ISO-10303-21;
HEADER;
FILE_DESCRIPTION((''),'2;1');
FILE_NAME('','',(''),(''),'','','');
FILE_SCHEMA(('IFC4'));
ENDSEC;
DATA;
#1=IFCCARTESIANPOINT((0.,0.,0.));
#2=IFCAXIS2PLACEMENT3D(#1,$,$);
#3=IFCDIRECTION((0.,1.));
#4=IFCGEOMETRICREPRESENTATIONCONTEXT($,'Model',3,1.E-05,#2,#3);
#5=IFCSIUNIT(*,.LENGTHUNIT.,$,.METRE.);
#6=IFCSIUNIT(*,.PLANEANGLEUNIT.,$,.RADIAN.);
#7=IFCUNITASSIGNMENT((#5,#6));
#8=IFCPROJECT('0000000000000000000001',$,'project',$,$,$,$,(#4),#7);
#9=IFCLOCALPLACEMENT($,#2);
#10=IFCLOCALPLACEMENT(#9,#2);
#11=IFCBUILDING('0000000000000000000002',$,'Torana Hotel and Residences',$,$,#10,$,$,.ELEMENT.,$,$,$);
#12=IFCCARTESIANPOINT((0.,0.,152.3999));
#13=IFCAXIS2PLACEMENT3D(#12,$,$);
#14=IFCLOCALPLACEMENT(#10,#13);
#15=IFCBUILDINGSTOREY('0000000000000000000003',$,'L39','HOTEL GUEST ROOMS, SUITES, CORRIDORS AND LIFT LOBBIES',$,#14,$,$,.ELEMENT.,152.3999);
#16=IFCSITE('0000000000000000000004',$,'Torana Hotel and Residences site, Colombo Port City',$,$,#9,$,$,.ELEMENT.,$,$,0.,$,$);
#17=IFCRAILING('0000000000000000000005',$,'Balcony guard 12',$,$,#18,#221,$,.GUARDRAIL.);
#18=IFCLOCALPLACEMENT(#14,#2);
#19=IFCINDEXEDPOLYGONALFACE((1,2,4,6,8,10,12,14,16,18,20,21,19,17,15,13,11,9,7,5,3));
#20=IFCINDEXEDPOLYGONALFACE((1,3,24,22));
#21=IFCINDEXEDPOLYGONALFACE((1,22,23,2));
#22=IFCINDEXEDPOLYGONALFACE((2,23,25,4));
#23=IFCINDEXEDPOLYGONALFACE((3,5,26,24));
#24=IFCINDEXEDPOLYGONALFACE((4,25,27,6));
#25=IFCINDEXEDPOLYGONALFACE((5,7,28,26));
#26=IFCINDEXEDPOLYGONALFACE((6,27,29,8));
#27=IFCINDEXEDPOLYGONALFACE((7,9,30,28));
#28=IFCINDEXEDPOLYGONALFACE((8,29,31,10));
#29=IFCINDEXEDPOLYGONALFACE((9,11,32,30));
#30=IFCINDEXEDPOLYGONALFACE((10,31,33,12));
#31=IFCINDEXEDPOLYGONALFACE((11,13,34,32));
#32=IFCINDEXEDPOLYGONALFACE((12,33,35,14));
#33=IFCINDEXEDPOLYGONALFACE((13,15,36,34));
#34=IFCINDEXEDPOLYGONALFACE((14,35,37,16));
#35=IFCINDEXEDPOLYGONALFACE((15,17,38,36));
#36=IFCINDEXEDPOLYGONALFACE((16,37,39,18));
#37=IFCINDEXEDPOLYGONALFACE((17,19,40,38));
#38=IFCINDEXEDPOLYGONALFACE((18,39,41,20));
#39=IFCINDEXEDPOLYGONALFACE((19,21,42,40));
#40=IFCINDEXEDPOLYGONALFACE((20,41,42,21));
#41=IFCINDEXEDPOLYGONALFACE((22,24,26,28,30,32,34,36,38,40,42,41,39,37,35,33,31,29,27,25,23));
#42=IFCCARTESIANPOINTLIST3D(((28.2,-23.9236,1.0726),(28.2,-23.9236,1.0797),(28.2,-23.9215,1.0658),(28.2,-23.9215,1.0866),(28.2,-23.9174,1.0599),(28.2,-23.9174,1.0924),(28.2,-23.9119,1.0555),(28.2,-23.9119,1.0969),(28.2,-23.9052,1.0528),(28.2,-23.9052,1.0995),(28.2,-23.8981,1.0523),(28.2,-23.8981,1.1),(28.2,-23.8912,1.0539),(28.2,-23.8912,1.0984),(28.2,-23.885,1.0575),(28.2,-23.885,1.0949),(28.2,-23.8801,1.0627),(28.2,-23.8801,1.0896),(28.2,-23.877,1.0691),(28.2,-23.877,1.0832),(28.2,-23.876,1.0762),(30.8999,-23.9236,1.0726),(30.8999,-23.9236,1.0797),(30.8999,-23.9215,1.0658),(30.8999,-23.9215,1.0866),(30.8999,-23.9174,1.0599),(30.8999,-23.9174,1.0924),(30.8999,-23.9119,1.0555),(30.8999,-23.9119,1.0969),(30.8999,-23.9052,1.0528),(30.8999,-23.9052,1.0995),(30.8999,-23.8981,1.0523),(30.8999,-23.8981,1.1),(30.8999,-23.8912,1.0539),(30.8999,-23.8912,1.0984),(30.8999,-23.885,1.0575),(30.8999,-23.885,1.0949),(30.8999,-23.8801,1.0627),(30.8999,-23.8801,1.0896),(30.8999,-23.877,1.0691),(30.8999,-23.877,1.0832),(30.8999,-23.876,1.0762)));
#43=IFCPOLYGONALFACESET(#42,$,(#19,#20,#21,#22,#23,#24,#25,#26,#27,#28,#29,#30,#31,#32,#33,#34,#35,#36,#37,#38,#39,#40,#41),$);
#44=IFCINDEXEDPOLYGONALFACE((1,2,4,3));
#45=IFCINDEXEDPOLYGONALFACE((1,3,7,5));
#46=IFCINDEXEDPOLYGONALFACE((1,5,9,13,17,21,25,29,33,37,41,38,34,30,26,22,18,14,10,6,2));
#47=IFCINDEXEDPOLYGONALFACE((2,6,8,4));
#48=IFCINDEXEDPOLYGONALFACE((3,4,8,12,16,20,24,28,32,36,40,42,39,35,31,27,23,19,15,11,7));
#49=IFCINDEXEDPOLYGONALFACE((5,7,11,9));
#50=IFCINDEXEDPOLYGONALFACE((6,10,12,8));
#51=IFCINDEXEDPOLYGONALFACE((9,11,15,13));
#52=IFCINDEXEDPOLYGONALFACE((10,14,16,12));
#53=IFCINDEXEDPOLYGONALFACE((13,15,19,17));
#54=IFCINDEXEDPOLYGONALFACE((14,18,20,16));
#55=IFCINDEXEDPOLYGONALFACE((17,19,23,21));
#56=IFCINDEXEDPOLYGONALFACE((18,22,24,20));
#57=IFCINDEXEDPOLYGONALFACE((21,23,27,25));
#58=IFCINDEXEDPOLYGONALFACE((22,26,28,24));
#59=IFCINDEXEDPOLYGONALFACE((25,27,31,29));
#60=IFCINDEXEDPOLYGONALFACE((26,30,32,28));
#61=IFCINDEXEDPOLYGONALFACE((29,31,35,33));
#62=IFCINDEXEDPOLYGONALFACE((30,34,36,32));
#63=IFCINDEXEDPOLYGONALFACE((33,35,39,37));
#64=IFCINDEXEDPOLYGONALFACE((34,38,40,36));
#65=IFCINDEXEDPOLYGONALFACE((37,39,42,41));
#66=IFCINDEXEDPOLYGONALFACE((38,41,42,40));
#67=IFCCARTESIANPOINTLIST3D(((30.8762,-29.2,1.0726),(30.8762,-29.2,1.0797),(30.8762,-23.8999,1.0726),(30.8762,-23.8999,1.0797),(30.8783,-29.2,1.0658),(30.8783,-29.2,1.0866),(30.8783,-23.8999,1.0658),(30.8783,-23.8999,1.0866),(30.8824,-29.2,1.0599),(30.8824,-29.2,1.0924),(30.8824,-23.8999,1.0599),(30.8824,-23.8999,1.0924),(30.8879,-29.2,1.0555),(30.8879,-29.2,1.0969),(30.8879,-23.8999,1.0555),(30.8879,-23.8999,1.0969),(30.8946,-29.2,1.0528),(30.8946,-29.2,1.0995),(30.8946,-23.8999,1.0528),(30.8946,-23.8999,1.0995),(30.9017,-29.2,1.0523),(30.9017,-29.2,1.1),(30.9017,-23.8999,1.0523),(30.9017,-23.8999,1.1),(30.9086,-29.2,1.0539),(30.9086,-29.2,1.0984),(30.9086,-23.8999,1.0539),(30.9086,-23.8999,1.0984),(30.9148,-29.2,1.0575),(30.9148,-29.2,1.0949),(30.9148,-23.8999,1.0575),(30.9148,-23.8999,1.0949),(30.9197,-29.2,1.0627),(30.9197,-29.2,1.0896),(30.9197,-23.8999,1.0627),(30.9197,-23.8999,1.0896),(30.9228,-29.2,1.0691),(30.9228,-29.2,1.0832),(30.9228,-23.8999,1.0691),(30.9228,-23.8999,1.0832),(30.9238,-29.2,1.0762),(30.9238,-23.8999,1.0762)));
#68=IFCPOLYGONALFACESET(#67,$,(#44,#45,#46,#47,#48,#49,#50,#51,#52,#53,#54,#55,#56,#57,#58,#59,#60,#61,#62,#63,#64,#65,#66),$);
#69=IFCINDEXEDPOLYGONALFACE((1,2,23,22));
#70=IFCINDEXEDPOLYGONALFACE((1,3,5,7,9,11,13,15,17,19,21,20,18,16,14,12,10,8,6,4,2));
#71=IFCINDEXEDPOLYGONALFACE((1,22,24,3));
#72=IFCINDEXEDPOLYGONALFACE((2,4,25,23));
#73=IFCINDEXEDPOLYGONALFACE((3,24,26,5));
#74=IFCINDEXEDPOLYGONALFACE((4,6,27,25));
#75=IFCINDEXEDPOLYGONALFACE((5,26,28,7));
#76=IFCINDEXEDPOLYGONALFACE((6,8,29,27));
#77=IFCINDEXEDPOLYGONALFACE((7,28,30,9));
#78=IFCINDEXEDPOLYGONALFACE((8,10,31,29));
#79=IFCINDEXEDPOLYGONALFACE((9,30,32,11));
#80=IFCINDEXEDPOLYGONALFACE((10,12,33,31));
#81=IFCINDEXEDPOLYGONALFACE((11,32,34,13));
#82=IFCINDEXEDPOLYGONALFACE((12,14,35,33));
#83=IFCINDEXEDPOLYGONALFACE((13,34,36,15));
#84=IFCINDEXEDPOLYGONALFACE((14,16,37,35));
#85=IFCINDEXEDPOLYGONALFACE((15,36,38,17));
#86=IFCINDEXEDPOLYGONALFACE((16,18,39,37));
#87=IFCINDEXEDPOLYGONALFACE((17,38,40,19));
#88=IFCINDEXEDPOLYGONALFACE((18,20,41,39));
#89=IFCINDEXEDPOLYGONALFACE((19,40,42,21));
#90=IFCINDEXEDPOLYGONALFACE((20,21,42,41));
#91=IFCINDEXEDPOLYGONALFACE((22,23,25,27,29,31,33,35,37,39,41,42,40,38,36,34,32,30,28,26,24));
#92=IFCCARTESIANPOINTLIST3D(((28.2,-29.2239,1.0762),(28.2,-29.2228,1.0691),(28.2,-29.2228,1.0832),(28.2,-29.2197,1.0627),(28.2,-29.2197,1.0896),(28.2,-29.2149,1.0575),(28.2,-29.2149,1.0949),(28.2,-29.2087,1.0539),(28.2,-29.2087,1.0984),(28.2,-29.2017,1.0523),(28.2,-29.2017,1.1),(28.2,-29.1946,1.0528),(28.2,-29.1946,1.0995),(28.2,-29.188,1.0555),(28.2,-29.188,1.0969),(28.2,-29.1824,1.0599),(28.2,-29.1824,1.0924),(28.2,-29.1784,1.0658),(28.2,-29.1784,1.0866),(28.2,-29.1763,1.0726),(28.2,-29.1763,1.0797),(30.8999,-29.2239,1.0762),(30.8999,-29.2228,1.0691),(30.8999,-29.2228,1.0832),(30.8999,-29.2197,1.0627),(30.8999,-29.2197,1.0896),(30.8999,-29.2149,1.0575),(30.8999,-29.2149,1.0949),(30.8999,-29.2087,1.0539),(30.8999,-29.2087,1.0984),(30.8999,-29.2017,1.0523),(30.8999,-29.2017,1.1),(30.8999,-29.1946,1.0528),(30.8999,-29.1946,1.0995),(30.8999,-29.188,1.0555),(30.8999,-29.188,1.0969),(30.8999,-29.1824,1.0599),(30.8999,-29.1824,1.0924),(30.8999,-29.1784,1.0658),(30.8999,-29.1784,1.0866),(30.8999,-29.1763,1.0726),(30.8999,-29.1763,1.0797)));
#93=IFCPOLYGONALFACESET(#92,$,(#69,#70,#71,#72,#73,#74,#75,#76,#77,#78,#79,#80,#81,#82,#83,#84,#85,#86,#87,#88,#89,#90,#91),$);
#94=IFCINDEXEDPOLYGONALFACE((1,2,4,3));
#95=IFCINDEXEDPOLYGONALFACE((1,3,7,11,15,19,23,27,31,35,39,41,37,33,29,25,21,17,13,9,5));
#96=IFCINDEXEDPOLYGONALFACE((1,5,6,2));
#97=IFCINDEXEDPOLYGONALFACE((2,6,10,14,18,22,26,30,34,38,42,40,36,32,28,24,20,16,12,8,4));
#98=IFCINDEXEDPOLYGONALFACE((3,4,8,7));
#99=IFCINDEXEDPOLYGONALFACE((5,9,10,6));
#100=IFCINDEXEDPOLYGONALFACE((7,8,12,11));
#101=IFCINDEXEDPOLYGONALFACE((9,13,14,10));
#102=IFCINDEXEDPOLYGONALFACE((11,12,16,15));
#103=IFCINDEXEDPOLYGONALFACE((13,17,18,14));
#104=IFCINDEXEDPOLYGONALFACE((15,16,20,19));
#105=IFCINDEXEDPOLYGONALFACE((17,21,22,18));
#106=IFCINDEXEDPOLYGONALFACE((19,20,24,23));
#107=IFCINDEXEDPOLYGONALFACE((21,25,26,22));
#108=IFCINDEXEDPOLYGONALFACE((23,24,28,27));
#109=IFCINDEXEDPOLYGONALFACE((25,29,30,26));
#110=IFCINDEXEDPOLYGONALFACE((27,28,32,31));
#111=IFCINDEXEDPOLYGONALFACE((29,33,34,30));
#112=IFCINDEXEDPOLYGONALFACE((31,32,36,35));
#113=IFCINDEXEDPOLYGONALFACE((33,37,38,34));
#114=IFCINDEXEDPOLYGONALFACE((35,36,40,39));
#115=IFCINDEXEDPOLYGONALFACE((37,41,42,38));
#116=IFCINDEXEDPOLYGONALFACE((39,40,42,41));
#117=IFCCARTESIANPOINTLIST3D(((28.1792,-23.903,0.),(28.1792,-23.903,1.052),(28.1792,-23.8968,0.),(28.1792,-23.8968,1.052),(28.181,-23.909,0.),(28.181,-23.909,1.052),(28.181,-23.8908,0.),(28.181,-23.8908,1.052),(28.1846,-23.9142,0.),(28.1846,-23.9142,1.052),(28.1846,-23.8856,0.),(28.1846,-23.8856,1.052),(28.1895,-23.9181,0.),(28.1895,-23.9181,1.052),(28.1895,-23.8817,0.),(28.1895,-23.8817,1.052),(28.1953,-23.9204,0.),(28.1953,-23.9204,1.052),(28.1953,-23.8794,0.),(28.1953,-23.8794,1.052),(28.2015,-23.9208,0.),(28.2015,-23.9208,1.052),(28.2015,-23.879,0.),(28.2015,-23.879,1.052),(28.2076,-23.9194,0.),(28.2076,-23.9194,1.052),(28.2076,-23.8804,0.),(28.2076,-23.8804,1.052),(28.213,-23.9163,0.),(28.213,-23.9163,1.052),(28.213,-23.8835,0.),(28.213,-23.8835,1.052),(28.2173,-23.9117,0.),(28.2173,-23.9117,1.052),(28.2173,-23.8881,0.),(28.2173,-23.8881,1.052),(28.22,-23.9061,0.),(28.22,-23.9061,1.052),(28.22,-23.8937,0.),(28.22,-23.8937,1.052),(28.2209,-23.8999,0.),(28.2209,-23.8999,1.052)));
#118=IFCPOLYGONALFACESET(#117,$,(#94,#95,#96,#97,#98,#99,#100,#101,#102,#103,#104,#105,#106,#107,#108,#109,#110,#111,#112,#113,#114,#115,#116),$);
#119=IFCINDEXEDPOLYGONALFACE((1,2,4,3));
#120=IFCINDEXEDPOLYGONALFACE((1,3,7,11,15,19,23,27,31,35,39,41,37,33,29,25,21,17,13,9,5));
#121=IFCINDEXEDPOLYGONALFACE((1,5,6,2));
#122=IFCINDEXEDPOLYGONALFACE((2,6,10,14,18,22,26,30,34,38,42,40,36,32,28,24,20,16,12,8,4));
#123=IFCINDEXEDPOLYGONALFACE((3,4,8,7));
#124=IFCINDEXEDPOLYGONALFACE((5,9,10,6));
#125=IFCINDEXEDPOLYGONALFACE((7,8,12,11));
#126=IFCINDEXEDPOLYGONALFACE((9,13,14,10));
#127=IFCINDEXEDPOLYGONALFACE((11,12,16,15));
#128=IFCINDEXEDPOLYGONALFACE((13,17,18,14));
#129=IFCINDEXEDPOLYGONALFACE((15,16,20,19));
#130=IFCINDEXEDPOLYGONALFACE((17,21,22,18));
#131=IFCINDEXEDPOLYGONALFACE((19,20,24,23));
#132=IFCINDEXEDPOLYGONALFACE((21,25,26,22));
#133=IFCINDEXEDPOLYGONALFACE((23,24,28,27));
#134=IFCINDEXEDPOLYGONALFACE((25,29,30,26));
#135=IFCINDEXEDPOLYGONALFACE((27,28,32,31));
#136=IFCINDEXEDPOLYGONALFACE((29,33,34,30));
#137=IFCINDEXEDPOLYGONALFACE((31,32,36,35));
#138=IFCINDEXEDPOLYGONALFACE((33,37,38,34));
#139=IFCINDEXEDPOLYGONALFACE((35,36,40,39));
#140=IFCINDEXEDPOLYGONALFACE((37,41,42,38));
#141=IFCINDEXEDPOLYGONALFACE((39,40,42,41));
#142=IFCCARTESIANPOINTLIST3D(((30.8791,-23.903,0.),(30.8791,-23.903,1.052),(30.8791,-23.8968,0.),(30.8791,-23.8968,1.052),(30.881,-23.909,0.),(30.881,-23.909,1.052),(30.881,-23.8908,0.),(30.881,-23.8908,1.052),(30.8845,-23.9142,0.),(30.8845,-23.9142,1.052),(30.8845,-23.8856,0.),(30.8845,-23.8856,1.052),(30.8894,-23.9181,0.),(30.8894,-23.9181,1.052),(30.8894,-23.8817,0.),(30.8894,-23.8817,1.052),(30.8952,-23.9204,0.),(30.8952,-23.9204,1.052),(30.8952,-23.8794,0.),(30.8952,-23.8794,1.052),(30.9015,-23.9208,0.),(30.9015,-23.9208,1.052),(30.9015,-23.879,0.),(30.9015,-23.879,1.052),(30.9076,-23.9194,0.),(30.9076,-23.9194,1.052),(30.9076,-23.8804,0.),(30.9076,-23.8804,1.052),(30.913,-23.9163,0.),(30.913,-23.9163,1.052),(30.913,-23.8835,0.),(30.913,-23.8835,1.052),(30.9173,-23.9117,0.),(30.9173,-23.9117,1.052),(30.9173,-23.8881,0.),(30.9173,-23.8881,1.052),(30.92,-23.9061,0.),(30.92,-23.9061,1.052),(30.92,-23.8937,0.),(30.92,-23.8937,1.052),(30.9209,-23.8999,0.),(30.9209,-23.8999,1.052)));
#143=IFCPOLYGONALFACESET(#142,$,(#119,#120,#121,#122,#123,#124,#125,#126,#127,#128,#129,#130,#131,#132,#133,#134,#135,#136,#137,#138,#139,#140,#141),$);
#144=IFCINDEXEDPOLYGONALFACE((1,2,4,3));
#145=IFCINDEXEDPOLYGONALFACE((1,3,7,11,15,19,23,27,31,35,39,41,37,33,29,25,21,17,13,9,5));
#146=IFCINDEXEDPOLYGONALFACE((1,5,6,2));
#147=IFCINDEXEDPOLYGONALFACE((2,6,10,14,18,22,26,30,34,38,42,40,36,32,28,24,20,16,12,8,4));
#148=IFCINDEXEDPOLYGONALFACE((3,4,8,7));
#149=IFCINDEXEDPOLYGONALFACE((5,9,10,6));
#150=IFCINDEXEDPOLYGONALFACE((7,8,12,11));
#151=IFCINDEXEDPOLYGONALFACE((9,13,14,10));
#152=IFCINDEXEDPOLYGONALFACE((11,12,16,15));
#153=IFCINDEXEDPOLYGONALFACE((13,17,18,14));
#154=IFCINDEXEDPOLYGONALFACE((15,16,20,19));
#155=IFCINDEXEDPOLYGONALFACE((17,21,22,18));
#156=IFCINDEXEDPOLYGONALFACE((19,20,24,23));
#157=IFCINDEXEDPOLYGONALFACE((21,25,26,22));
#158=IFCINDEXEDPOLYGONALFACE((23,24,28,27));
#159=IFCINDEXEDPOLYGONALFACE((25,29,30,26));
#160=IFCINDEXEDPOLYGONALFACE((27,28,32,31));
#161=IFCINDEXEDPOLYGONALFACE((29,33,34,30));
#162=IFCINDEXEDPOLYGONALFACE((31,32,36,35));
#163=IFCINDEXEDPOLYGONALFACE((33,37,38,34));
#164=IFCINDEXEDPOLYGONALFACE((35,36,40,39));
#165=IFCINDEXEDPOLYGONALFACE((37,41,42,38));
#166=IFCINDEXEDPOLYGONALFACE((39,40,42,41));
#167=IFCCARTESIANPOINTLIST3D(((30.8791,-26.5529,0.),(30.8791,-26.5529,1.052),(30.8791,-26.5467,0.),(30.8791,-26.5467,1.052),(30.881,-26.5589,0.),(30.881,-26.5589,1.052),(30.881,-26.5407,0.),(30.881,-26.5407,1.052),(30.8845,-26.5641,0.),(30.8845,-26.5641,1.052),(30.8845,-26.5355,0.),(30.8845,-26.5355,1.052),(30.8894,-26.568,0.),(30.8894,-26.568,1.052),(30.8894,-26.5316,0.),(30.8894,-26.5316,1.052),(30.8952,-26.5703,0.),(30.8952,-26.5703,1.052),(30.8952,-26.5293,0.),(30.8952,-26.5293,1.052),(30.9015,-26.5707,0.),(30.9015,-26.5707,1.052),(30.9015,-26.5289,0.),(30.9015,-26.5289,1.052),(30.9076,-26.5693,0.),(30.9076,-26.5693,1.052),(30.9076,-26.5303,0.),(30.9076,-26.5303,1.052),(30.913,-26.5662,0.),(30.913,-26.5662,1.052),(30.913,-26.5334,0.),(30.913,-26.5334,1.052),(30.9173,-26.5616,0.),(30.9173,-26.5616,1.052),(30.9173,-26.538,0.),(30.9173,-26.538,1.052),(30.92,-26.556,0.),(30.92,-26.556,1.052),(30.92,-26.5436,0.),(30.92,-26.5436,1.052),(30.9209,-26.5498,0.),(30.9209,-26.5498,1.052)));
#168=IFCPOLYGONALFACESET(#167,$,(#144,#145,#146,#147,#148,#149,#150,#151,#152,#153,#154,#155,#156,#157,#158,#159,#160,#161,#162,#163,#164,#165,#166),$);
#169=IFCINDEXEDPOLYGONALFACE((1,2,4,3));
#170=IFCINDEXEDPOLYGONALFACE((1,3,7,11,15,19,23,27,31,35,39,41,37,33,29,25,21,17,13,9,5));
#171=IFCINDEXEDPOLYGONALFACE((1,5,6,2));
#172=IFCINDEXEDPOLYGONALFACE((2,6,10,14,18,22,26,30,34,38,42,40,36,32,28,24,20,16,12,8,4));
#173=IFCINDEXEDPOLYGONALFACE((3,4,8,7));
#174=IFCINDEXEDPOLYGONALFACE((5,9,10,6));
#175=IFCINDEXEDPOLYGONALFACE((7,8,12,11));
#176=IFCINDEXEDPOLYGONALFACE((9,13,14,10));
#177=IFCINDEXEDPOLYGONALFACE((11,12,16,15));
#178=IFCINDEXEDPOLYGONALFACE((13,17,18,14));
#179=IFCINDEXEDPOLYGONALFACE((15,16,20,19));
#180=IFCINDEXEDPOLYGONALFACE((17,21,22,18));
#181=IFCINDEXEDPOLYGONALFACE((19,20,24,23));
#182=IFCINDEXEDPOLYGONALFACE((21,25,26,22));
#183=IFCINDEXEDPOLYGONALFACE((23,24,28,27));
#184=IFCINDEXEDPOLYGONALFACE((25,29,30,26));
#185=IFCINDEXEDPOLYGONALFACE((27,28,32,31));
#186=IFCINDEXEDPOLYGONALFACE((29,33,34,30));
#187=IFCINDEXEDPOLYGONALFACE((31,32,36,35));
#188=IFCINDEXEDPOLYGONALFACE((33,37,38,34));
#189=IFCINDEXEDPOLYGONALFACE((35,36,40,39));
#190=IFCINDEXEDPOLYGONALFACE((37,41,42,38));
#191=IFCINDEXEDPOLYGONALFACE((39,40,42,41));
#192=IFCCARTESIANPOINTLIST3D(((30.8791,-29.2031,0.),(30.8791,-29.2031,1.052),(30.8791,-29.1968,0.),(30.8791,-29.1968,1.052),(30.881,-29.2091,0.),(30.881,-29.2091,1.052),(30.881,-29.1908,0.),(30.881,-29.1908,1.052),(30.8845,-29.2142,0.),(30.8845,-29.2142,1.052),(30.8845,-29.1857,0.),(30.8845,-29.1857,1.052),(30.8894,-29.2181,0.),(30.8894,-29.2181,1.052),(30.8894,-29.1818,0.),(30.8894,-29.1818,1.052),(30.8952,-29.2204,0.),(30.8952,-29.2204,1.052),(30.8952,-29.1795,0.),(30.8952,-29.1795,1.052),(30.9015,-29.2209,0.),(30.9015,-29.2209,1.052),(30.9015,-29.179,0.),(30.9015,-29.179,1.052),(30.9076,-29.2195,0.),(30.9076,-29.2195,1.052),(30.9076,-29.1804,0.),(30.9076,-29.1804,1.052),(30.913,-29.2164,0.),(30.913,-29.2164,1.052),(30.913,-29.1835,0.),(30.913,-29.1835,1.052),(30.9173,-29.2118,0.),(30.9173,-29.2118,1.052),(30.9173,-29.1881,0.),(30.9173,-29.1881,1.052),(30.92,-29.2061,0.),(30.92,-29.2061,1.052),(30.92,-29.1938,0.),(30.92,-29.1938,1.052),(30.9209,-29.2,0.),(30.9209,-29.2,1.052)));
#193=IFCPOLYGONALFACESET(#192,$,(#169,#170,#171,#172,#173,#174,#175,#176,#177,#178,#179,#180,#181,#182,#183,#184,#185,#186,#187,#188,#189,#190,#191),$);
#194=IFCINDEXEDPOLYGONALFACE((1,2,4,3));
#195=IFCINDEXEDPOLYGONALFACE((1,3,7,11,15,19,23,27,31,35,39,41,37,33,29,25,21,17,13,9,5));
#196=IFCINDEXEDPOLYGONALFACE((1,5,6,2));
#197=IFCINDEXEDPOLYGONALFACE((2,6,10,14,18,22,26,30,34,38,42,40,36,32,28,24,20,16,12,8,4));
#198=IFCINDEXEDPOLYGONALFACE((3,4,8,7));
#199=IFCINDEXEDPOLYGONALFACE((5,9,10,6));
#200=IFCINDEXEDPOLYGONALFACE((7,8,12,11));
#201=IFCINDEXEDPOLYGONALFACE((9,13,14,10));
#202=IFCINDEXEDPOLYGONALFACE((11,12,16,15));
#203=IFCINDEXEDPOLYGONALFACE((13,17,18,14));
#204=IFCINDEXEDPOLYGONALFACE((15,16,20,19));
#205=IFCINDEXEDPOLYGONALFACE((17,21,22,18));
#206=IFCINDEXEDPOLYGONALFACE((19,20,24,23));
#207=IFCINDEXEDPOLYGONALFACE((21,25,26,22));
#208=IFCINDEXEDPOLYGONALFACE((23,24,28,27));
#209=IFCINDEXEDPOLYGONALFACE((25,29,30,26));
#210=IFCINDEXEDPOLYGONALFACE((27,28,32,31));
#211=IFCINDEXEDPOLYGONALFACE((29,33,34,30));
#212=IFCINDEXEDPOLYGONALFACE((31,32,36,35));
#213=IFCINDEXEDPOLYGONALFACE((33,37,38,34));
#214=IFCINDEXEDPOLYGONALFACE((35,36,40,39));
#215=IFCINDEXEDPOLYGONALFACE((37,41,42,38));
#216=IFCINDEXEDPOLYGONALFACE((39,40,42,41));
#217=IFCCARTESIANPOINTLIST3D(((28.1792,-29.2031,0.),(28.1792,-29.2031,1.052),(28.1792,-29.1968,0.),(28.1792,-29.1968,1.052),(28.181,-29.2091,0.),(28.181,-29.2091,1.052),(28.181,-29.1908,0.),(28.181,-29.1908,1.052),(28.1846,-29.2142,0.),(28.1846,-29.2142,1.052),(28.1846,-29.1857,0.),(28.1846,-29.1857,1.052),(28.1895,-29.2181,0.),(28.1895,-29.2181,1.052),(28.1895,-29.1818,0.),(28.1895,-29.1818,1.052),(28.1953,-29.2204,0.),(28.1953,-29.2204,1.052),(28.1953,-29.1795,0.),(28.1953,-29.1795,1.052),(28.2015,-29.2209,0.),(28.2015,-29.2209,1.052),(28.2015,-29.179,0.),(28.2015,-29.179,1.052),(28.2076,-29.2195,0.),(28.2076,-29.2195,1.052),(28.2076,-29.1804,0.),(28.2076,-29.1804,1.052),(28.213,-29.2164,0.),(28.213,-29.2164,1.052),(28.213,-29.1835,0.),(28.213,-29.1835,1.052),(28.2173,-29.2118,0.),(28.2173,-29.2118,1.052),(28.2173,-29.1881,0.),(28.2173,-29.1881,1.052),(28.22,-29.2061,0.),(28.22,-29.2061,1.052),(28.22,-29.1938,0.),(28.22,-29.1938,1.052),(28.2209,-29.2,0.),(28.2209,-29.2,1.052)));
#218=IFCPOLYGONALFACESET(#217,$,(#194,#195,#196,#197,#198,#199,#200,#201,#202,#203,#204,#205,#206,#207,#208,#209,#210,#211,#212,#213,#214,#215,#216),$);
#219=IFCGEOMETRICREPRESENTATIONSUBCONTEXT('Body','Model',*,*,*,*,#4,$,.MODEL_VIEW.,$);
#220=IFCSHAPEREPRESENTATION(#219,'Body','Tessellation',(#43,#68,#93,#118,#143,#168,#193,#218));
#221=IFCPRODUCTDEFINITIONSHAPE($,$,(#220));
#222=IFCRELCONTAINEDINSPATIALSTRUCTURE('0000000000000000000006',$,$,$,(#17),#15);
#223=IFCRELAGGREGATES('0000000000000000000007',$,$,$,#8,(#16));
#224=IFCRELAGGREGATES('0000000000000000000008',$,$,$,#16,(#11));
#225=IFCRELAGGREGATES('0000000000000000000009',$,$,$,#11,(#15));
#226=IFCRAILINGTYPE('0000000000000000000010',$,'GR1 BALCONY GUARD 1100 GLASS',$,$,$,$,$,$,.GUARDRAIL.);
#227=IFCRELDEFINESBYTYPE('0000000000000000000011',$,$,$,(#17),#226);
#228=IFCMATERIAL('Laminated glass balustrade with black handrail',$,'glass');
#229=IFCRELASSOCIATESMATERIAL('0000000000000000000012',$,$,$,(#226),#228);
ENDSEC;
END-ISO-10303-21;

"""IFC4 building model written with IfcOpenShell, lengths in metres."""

from ifc_helpers import new_model, si_unit, direction, frame, origin, origin_2d, place, context, subcontext, project, spatial, circle, extrude, material, type_object, element, save


model = new_model("IFC4")

# Units and contexts
model_context = context("Model", 3, precision=1e-05, world=origin(), true_north=direction((0.0, 1.0)))
body_context = subcontext(model_context, "Body", "Model", "MODEL_VIEW")
ifc_project = project(units=[si_unit("LENGTHUNIT", "METRE"), si_unit("PLANEANGLEUNIT", "RADIAN")], contexts=[model_context])

# Site, building, storey
site_placement = place(None, origin())
site = spatial("IfcSite", under=ifc_project, at=site_placement, Name="Torana Hotel and Residences site, Colombo Port City", CompositionType="ELEMENT", RefElevation=0.0)
building_placement = place(site_placement, origin())
building = spatial("IfcBuilding", under=site, at=building_placement, Name="Torana Hotel and Residences", CompositionType="ELEMENT")
storey_placement = place(building_placement, frame((0.0, 0.0, 152.3999)))
storey = spatial("IfcBuildingStorey", under=building, at=storey_placement, Name="L39", Description="HOTEL GUEST ROOMS, SUITES, CORRIDORS AND LIFT LOBBIES", CompositionType="ELEMENT", Elevation=152.3999)

# Railing
ifc_material_1 = material(Name="Laminated glass balustrade with black handrail", Category="glass")
railing_type = type_object("IfcRailingType", Name="GR1 BALCONY GUARD 1100 GLASS", PredefinedType="GUARDRAIL", material=ifc_material_1)
railing_1_placement = place(storey_placement, frame((28.2, -23.8999, 0.0)))
element("IfcRailing", 1, at=railing_1_placement, inside=storey, type_object=railing_type, Name="Balcony guard 12", PredefinedType="GUARDRAIL", context=body_context, shape_type="SweptSolid", body=[
    extrude(circle(Radius=0.0239, at=origin_2d()), frame((0.0, 0.0, 1.0762), z_axis=(1.0, 0.0, 0.0), x_axis=(0.0, 1.0, 0.0)), (0.0, 0.0, 1.0), 2.7),
    extrude(circle(Radius=0.0239, at=origin_2d()), frame((2.7, 0.0, 1.0762), z_axis=(0.0, -1.0, 0.0), x_axis=(1.0, 0.0, 0.0)), (0.0, 0.0, 1.0), 5.3),
    extrude(circle(Radius=0.0239, at=origin_2d()), frame((2.7, -5.3, 1.0762), z_axis=(-1.0, 0.0, 0.0), x_axis=(0.0, -1.0, 0.0)), (0.0, 0.0, 1.0), 2.7),
    extrude(circle(Radius=0.021, at=origin_2d()), origin(), (0.0, 0.0, 1.0), 1.052),
    extrude(circle(Radius=0.021, at=origin_2d()), frame((2.7, 0.0, 0.0)), (0.0, 0.0, 1.0), 1.052),
    extrude(circle(Radius=0.021, at=origin_2d()), frame((2.7, -2.6499, 0.0)), (0.0, 0.0, 1.0), 1.052),
    extrude(circle(Radius=0.021, at=origin_2d()), frame((2.7, -5.3, 0.0)), (0.0, 0.0, 1.0), 1.052),
    extrude(circle(Radius=0.021, at=origin_2d()), frame((0.0, -5.3, 0.0)), (0.0, 0.0, 1.0), 1.052),
])

save(model, "model.ifc")
